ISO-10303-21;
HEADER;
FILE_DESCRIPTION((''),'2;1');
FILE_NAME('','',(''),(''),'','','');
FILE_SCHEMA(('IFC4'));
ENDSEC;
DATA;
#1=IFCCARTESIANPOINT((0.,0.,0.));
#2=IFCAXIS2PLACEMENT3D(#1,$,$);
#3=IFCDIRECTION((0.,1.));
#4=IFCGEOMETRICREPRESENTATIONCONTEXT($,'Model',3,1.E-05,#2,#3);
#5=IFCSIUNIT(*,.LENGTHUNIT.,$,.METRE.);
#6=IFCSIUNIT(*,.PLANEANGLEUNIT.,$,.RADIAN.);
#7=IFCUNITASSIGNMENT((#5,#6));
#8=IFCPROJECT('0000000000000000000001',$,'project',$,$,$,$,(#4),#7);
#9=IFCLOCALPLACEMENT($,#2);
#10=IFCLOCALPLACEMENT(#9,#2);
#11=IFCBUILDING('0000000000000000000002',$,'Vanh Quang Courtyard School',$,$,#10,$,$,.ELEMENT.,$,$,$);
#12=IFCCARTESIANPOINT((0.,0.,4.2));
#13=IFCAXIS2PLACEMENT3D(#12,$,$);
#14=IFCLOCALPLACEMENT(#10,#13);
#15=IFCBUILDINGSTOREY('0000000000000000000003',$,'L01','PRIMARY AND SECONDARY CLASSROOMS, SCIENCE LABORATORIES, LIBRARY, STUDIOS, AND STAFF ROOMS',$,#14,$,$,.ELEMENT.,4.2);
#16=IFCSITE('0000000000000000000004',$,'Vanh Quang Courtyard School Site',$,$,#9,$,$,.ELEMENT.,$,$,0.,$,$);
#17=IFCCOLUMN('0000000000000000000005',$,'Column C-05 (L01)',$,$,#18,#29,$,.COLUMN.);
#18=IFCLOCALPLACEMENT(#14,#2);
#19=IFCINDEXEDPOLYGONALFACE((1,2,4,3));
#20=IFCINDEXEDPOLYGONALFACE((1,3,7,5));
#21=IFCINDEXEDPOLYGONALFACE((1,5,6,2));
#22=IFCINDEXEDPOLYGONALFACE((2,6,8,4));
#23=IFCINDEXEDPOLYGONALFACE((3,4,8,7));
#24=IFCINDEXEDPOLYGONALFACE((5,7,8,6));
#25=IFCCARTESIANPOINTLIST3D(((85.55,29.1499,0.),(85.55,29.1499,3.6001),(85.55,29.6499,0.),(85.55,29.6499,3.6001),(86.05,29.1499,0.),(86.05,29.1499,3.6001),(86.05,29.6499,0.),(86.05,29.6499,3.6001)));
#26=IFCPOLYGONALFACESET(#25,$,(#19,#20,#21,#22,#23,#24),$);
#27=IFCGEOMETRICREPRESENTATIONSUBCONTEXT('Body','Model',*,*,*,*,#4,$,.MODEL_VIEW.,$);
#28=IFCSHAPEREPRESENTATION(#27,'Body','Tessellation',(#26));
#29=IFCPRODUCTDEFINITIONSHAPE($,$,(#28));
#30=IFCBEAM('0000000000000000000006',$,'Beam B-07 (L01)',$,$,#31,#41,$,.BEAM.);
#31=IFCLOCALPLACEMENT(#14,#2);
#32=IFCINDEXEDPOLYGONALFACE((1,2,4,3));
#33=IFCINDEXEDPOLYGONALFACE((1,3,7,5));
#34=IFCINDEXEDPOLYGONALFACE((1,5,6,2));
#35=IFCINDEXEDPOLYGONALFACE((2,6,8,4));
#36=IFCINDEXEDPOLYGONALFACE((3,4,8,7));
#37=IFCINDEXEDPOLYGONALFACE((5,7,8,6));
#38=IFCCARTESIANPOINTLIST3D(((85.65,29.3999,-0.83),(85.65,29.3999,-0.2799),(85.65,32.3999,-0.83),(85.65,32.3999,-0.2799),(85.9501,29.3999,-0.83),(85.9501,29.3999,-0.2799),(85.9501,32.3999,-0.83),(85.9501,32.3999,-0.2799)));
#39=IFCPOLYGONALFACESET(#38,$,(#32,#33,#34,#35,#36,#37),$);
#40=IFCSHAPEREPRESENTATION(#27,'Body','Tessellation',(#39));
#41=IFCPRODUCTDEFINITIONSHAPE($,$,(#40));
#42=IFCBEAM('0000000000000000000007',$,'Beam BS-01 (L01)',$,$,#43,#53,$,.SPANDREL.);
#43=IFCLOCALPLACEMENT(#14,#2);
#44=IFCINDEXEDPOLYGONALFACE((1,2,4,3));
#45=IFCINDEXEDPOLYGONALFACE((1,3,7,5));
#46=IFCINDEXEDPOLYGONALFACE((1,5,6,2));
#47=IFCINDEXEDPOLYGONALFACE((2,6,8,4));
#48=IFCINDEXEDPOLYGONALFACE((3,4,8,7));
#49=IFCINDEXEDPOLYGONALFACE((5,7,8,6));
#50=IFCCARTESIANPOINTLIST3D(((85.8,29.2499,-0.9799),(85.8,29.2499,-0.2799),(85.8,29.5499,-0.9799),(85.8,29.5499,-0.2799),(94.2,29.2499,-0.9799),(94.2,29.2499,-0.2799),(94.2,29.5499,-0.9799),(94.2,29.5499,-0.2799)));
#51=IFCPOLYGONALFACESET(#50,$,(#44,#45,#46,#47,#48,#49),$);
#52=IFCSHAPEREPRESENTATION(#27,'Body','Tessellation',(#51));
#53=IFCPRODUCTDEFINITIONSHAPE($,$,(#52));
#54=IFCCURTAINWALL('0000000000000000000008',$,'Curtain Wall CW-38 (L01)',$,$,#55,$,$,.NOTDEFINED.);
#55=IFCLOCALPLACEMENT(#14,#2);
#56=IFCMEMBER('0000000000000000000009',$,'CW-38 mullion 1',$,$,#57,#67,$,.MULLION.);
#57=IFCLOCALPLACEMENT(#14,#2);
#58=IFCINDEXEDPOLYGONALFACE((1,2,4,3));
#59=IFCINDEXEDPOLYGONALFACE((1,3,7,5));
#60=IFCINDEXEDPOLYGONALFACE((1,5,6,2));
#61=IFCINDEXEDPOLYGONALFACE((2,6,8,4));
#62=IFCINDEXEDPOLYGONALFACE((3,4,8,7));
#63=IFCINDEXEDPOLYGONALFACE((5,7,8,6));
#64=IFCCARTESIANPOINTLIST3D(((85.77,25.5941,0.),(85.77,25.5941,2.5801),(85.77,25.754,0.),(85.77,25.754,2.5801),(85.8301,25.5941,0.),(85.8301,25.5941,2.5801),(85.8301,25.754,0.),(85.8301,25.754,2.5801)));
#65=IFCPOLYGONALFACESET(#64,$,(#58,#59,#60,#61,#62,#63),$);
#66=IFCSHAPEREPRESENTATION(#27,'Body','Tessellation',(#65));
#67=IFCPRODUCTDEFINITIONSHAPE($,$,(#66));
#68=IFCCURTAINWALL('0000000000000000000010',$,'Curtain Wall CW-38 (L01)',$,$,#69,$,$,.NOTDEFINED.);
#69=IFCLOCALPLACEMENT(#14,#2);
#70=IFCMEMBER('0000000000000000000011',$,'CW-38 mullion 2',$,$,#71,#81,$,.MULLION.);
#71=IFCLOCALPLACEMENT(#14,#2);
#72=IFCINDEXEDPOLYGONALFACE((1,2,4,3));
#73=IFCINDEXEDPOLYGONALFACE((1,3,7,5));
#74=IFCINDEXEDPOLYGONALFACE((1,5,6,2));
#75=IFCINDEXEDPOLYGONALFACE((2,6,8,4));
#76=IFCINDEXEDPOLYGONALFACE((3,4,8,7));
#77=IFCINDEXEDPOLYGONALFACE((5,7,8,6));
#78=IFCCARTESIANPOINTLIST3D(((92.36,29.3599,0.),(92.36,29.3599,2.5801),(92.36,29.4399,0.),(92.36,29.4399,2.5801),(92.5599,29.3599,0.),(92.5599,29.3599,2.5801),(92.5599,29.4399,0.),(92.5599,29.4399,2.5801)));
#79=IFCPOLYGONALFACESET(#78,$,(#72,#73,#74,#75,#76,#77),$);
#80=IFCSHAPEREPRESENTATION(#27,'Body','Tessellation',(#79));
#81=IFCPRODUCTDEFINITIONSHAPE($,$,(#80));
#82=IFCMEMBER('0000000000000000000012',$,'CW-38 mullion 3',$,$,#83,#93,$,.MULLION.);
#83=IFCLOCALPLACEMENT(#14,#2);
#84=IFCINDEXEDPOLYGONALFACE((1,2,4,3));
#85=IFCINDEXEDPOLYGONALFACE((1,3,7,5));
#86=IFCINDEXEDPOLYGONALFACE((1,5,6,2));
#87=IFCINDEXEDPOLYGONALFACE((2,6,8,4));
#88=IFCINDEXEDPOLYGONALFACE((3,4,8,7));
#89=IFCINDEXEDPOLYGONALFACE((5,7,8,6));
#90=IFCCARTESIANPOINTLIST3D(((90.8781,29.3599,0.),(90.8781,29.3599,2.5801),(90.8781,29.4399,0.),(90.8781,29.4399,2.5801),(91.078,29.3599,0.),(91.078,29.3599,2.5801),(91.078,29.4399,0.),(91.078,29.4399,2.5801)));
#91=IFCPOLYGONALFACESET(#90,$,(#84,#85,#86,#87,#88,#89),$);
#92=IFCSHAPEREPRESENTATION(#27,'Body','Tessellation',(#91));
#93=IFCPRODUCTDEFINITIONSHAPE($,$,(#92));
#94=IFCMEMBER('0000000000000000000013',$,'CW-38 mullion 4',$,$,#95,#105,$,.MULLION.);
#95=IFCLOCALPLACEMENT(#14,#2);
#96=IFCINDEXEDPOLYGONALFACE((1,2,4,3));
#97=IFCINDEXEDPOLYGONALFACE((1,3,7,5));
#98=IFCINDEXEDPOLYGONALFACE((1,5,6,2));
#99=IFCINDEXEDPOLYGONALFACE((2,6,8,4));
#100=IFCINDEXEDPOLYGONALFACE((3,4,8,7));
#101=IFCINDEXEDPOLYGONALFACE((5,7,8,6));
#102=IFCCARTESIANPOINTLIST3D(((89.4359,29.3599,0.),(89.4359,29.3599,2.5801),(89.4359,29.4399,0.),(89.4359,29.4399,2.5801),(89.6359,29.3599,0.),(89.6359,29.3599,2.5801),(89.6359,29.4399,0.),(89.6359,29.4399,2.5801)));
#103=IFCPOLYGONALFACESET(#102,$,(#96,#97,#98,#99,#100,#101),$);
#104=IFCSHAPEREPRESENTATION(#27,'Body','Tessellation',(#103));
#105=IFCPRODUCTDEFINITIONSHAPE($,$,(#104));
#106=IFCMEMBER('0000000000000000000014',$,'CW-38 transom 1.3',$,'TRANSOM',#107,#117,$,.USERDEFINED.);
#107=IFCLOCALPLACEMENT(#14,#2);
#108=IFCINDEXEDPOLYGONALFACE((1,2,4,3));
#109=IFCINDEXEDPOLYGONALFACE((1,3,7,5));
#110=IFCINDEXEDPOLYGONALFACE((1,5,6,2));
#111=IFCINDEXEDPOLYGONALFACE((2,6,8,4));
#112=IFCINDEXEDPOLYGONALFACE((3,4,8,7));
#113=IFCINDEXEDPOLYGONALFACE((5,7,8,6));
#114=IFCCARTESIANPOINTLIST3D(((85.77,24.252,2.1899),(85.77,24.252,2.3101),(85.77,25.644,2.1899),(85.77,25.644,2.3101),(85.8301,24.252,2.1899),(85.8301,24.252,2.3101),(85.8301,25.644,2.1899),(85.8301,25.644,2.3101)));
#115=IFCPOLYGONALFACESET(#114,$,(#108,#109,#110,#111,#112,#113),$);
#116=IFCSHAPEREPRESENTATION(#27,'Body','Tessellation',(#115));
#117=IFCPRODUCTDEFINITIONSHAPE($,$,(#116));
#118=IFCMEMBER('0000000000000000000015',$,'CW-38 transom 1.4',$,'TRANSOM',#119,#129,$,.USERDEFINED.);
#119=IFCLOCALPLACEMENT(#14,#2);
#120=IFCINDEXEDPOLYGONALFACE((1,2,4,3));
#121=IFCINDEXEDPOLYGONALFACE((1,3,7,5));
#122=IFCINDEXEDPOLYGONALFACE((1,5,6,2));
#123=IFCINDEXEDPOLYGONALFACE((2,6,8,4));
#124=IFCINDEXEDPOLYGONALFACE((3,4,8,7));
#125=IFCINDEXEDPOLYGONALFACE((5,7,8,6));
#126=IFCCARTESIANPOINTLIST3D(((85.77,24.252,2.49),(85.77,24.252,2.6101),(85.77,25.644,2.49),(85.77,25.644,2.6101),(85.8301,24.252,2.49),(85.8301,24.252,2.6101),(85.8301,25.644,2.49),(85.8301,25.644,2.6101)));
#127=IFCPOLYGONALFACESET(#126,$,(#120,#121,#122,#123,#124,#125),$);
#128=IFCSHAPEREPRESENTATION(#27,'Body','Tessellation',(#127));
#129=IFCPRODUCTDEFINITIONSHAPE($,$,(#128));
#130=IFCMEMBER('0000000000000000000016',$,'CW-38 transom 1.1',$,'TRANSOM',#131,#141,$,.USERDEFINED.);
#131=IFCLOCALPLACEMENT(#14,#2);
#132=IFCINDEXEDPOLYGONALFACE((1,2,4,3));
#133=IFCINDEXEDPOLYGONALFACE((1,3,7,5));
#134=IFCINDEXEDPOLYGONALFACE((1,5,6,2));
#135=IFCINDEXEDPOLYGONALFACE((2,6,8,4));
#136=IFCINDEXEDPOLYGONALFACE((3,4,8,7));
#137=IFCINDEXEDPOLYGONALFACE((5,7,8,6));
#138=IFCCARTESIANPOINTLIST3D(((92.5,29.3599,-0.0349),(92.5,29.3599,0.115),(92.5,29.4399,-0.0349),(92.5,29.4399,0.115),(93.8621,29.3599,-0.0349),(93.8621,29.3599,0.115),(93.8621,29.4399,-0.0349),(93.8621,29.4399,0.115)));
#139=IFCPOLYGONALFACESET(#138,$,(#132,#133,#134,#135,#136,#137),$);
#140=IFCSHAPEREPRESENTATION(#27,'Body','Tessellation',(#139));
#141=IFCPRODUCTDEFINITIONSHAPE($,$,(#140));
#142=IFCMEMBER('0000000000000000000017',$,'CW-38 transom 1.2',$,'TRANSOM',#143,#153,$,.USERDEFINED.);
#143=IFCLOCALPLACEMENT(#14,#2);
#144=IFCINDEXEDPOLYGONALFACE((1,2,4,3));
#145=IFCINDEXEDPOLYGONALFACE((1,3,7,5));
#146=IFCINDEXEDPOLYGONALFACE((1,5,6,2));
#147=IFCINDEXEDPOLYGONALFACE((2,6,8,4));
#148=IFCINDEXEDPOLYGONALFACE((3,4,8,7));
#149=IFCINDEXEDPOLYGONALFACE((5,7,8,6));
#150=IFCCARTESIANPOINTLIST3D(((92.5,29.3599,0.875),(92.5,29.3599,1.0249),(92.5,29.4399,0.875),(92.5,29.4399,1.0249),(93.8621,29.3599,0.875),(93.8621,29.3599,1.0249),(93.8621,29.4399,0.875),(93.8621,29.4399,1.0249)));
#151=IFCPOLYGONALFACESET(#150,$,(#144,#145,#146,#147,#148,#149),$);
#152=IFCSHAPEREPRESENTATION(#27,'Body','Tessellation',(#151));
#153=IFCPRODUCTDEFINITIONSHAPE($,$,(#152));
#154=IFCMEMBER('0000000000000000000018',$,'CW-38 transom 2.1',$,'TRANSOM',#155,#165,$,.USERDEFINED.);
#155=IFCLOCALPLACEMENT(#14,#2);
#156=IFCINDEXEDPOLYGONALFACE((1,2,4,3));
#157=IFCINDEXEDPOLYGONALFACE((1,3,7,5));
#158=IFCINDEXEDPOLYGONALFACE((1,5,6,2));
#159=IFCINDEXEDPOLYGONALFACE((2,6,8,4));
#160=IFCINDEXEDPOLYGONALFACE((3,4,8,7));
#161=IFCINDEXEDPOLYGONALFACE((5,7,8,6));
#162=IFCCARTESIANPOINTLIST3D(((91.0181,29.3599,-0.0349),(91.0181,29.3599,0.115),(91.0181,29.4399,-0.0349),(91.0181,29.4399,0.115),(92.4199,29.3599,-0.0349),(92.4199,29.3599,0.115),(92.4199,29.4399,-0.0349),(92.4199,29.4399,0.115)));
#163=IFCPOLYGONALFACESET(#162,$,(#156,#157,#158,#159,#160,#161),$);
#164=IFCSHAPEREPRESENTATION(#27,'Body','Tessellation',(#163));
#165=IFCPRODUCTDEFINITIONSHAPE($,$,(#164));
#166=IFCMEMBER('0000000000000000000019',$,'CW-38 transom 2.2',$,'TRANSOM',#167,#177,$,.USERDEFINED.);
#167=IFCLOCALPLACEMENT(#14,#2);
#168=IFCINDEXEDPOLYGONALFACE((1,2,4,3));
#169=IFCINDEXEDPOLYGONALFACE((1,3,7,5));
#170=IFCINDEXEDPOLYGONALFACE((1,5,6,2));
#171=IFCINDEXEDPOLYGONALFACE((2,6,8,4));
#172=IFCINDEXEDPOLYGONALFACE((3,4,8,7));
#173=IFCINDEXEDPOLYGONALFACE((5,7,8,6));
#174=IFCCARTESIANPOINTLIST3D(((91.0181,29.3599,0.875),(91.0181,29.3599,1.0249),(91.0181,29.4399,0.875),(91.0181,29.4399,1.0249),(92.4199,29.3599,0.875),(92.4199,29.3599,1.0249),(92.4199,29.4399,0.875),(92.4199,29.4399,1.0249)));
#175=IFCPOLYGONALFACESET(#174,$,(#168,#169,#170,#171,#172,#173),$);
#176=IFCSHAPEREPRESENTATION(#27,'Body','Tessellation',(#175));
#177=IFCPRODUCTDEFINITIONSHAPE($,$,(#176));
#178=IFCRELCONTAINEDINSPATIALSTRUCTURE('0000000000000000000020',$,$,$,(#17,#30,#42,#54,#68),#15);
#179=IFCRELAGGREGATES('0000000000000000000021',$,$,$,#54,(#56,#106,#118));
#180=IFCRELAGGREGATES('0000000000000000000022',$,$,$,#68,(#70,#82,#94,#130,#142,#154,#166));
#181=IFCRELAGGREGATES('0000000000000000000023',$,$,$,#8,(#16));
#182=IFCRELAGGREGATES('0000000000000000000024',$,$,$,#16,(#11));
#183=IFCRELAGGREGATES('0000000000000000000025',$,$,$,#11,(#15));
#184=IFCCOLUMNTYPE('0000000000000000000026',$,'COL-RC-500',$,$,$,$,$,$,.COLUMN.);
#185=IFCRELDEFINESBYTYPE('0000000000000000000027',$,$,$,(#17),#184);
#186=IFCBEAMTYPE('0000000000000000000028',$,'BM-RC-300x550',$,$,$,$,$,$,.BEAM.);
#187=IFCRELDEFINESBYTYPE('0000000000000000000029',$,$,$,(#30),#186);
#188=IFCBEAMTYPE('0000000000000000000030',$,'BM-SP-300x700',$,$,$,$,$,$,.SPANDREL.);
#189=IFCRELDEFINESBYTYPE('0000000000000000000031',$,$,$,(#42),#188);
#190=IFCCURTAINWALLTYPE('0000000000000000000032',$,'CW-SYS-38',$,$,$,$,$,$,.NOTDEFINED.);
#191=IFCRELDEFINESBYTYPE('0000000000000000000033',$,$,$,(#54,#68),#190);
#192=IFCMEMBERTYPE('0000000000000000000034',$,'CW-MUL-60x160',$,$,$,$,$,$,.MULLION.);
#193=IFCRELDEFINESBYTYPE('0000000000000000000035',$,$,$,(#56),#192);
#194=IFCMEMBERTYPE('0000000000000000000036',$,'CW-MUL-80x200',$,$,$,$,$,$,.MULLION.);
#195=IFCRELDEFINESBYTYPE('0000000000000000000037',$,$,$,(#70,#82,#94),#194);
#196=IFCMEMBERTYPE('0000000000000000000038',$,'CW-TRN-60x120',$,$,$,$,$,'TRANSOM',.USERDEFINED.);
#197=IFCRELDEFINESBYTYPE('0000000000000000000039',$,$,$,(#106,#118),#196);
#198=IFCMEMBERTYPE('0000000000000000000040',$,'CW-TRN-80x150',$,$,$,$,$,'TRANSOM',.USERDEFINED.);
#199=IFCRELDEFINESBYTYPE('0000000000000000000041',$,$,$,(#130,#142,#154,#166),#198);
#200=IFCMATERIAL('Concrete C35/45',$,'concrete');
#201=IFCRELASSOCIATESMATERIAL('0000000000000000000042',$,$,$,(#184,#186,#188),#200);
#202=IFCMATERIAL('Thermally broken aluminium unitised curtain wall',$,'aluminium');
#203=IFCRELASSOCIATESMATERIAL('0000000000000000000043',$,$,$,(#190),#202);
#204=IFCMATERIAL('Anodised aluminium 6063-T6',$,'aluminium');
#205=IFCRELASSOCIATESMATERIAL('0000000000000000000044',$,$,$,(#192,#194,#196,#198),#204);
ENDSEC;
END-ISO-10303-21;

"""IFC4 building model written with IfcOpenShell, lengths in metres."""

from ifc_helpers import new_model, si_unit, direction, frame, origin, origin_2d, place, context, subcontext, project, spatial, rectangle, extrude, material, material_profile, profile_set, type_object, element, aggregate, save


model = new_model("IFC4")

# Units and contexts
model_context = context("Model", 3, precision=1e-05, world=origin(), true_north=direction((0.0, 1.0)))
body_context = subcontext(model_context, "Body", "Model", "MODEL_VIEW")
ifc_project = project(units=[si_unit("LENGTHUNIT", "METRE"), si_unit("PLANEANGLEUNIT", "RADIAN")], contexts=[model_context])

# Site, building, storey
site_placement = place(None, origin())
site = spatial("IfcSite", under=ifc_project, at=site_placement, Name="Vanh Quang Courtyard School Site", CompositionType="ELEMENT", RefElevation=0.0)
building_placement = place(site_placement, origin())
building = spatial("IfcBuilding", under=site, at=building_placement, Name="Vanh Quang Courtyard School", CompositionType="ELEMENT")
storey_placement = place(building_placement, frame((0.0, 0.0, 4.2)))
storey = spatial("IfcBuildingStorey", under=building, at=storey_placement, Name="L01", Description="PRIMARY AND SECONDARY CLASSROOMS, SCIENCE LABORATORIES, LIBRARY, STUDIOS, AND STAFF ROOMS", CompositionType="ELEMENT", Elevation=4.2)

# Column
ifc_material_1 = material(Name="Concrete C35/45", Category="concrete")
ifc_material_profile_1 = material_profile(ifc_material_1, rectangle(XDim=0.5, YDim=0.5, at=origin_2d()), Name="RC-COL 500x500")
ifc_profile_set_1 = profile_set([ifc_material_profile_1], Name="Concrete C35/45")
column_type = type_object("IfcColumnType", Name="COL-RC-500", PredefinedType="COLUMN", material=ifc_profile_set_1)
column_placement = place(storey_placement, frame((85.8, 29.3999, 0.0), z_axis=(0.0, 0.0, 1.0), x_axis=(1.0, 0.0, 0.0)))
element("IfcColumn", 1, at=column_placement, inside=storey, type_object=column_type, Name="Column C-05 (L01)", PredefinedType="COLUMN", context=body_context, shape_type="SweptSolid", body=[
    extrude(rectangle(XDim=0.5, YDim=0.5, at=origin_2d()), origin(), (0.0, 0.0, 1.0), 3.6001),
])

# Beams
ifc_material_profile_2 = material_profile(ifc_material_1, rectangle(XDim=0.3, YDim=0.55, at=origin_2d()), Name="RC-BM 300x550")
ifc_profile_set_2 = profile_set([ifc_material_profile_2], Name="Concrete C35/45")
beam_type_1 = type_object("IfcBeamType", Name="BM-RC-300x550", PredefinedType="BEAM", material=ifc_profile_set_2)
beam_1_placement = place(storey_placement, frame((85.8, 29.3999, -0.5549), z_axis=(0.0, 1.0, 0.0), x_axis=(-1.0, 0.0, 0.0)))
element("IfcBeam", 2, at=beam_1_placement, inside=storey, type_object=beam_type_1, Name="Beam B-07 (L01)", PredefinedType="BEAM", context=body_context, shape_type="SweptSolid", body=[
    extrude(rectangle(XDim=0.3, YDim=0.55, at=origin_2d()), origin(), (0.0, 0.0, 1.0), 3.0),
])
ifc_material_profile_3 = material_profile(ifc_material_1, rectangle(XDim=0.3, YDim=0.7, at=origin_2d()), Name="RC-SP 300x700")
ifc_profile_set_3 = profile_set([ifc_material_profile_3], Name="Concrete C35/45")
beam_type_2 = type_object("IfcBeamType", Name="BM-SP-300x700", PredefinedType="SPANDREL", material=ifc_profile_set_3)
beam_2_placement = place(storey_placement, frame((85.8, 29.3999, -0.6299), z_axis=(1.0, 0.0, 0.0), x_axis=(0.0, 1.0, 0.0)))
element("IfcBeam", 3, at=beam_2_placement, inside=storey, type_object=beam_type_2, Name="Beam BS-01 (L01)", PredefinedType="SPANDREL", context=body_context, shape_type="SweptSolid", body=[
    extrude(rectangle(XDim=0.3, YDim=0.7, at=origin_2d()), origin(), (0.0, 0.0, 1.0), 8.3999),
])

# Curtain wall, member
ifc_material_2 = material(Name="Thermally broken aluminium unitised curtain wall", Category="aluminium")
curtain_wall_type = type_object("IfcCurtainWallType", Name="CW-SYS-38", PredefinedType="NOTDEFINED", material=ifc_material_2)
curtain_wall_1_placement = place(storey_placement, origin())
curtain_wall_1 = element("IfcCurtainWall", 4, at=curtain_wall_1_placement, inside=storey, type_object=curtain_wall_type, Name="Curtain Wall CW-38 (L01)", PredefinedType="NOTDEFINED")
ifc_material_3 = material(Name="Anodised aluminium 6063-T6", Category="aluminium")
ifc_material_profile_4 = material_profile(ifc_material_3, rectangle(XDim=0.0601, YDim=0.1599, at=origin_2d()), Name="ALU-MUL 60x160")
ifc_profile_set_4 = profile_set([ifc_material_profile_4], Name="Anodised aluminium 6063-T6")
member_type_1 = type_object("IfcMemberType", Name="CW-MUL-60x160", PredefinedType="MULLION", material=ifc_profile_set_4)
member_1_placement = place(storey_placement, frame((85.8, 25.6741, 0.0), z_axis=(0.0, 0.0, 1.0), x_axis=(1.0, 0.0, 0.0)))
member_1 = element("IfcMember", 5, at=member_1_placement, type_object=member_type_1, Name="CW-38 mullion 1", PredefinedType="MULLION", context=body_context, shape_type="SweptSolid", body=[
    extrude(rectangle(XDim=0.0601, YDim=0.1599, at=origin_2d()), origin(), (0.0, 0.0, 1.0), 2.5801),
])

# Curtain wall, members
curtain_wall_2_placement = place(storey_placement, origin())
curtain_wall_2 = element("IfcCurtainWall", 6, at=curtain_wall_2_placement, inside=storey, type_object=curtain_wall_type, Name="Curtain Wall CW-38 (L01)", PredefinedType="NOTDEFINED")
ifc_material_profile_5 = material_profile(ifc_material_3, rectangle(XDim=0.0801, YDim=0.2, at=origin_2d()), Name="ALU-MUL 80x200")
ifc_profile_set_5 = profile_set([ifc_material_profile_5], Name="Anodised aluminium 6063-T6")
member_type_2 = type_object("IfcMemberType", Name="CW-MUL-80x200", PredefinedType="MULLION", material=ifc_profile_set_5)
member_2_placement = place(storey_placement, frame((92.46, 29.3999, 0.0), z_axis=(0.0, 0.0, 1.0), x_axis=(0.0, -1.0, 0.0)))
member_2 = element("IfcMember", 7, at=member_2_placement, type_object=member_type_2, Name="CW-38 mullion 2", PredefinedType="MULLION", context=body_context, shape_type="SweptSolid", body=[
    extrude(rectangle(XDim=0.0801, YDim=0.2, at=origin_2d()), origin(), (0.0, 0.0, 1.0), 2.5801),
])
member_3_placement = place(storey_placement, frame((90.978, 29.3999, 0.0), z_axis=(0.0, 0.0, 1.0), x_axis=(0.0, -1.0, 0.0)))
member_3 = element("IfcMember", 8, at=member_3_placement, type_object=member_type_2, Name="CW-38 mullion 3", PredefinedType="MULLION", context=body_context, shape_type="SweptSolid", body=[
    extrude(rectangle(XDim=0.0801, YDim=0.2, at=origin_2d()), origin(), (0.0, 0.0, 1.0), 2.5801),
])
member_4_placement = place(storey_placement, frame((89.5359, 29.3999, 0.0), z_axis=(0.0, 0.0, 1.0), x_axis=(0.0, -1.0, 0.0)))
member_4 = element("IfcMember", 9, at=member_4_placement, type_object=member_type_2, Name="CW-38 mullion 4", PredefinedType="MULLION", context=body_context, shape_type="SweptSolid", body=[
    extrude(rectangle(XDim=0.0801, YDim=0.2, at=origin_2d()), origin(), (0.0, 0.0, 1.0), 2.5801),
])

# Members
ifc_material_profile_6 = material_profile(ifc_material_3, rectangle(XDim=0.0601, YDim=0.1201, at=origin_2d()), Name="ALU-TRN 60x120")
ifc_profile_set_6 = profile_set([ifc_material_profile_6], Name="Anodised aluminium 6063-T6")
member_type_3 = type_object("IfcMemberType", Name="CW-TRN-60x120", ElementType="TRANSOM", PredefinedType="USERDEFINED", material=ifc_profile_set_6)
member_5_placement = place(storey_placement, frame((85.8, 25.644, 2.25), z_axis=(0.0, -1.0, 0.0), x_axis=(1.0, 0.0, 0.0)))
member_5 = element("IfcMember", 10, at=member_5_placement, type_object=member_type_3, Name="CW-38 transom 1.3", ObjectType="TRANSOM", PredefinedType="USERDEFINED", context=body_context, shape_type="SweptSolid", body=[
    extrude(rectangle(XDim=0.0601, YDim=0.1201, at=origin_2d()), origin(), (0.0, 0.0, 1.0), 1.3921),
])
member_6_placement = place(storey_placement, frame((85.8, 25.644, 2.55), z_axis=(0.0, -1.0, 0.0), x_axis=(1.0, 0.0, 0.0)))
member_6 = element("IfcMember", 11, at=member_6_placement, type_object=member_type_3, Name="CW-38 transom 1.4", ObjectType="TRANSOM", PredefinedType="USERDEFINED", context=body_context, shape_type="SweptSolid", body=[
    extrude(rectangle(XDim=0.0601, YDim=0.1201, at=origin_2d()), origin(), (0.0, 0.0, 1.0), 1.3921),
])
aggregate(curtain_wall_1, [member_1, member_5, member_6])
ifc_material_profile_7 = material_profile(ifc_material_3, rectangle(XDim=0.0801, YDim=0.1499, at=origin_2d()), Name="ALU-TRN 80x150")
ifc_profile_set_7 = profile_set([ifc_material_profile_7], Name="Anodised aluminium 6063-T6")
member_type_4 = type_object("IfcMemberType", Name="CW-TRN-80x150", ElementType="TRANSOM", PredefinedType="USERDEFINED", material=ifc_profile_set_7)
member_7_placement = place(storey_placement, frame((93.8621, 29.3999, 0.04), z_axis=(-1.0, 0.0, 0.0), x_axis=(0.0, -1.0, 0.0)))
member_7 = element("IfcMember", 12, at=member_7_placement, type_object=member_type_4, Name="CW-38 transom 1.1", ObjectType="TRANSOM", PredefinedType="USERDEFINED", context=body_context, shape_type="SweptSolid", body=[
    extrude(rectangle(XDim=0.0801, YDim=0.1499, at=origin_2d()), origin(), (0.0, 0.0, 1.0), 1.3621),
])
member_8_placement = place(storey_placement, frame((93.8621, 29.3999, 0.95), z_axis=(-1.0, 0.0, 0.0), x_axis=(0.0, -1.0, 0.0)))
member_8 = element("IfcMember", 13, at=member_8_placement, type_object=member_type_4, Name="CW-38 transom 1.2", ObjectType="TRANSOM", PredefinedType="USERDEFINED", context=body_context, shape_type="SweptSolid", body=[
    extrude(rectangle(XDim=0.0801, YDim=0.1499, at=origin_2d()), origin(), (0.0, 0.0, 1.0), 1.3621),
])
member_9_placement = place(storey_placement, frame((92.4199, 29.3999, 0.04), z_axis=(-1.0, 0.0, 0.0), x_axis=(0.0, -1.0, 0.0)))
member_9 = element("IfcMember", 14, at=member_9_placement, type_object=member_type_4, Name="CW-38 transom 2.1", ObjectType="TRANSOM", PredefinedType="USERDEFINED", context=body_context, shape_type="SweptSolid", body=[
    extrude(rectangle(XDim=0.0801, YDim=0.1499, at=origin_2d()), origin(), (0.0, 0.0, 1.0), 1.4019),
])
member_10_placement = place(storey_placement, frame((92.4199, 29.3999, 0.95), z_axis=(-1.0, 0.0, 0.0), x_axis=(0.0, -1.0, 0.0)))
member_10 = element("IfcMember", 15, at=member_10_placement, type_object=member_type_4, Name="CW-38 transom 2.2", ObjectType="TRANSOM", PredefinedType="USERDEFINED", context=body_context, shape_type="SweptSolid", body=[
    extrude(rectangle(XDim=0.0801, YDim=0.1499, at=origin_2d()), origin(), (0.0, 0.0, 1.0), 1.4019),
])

aggregate(curtain_wall_2, [member_2, member_3, member_4, member_7, member_8, member_9, member_10])

save(model, "model.ifc")
